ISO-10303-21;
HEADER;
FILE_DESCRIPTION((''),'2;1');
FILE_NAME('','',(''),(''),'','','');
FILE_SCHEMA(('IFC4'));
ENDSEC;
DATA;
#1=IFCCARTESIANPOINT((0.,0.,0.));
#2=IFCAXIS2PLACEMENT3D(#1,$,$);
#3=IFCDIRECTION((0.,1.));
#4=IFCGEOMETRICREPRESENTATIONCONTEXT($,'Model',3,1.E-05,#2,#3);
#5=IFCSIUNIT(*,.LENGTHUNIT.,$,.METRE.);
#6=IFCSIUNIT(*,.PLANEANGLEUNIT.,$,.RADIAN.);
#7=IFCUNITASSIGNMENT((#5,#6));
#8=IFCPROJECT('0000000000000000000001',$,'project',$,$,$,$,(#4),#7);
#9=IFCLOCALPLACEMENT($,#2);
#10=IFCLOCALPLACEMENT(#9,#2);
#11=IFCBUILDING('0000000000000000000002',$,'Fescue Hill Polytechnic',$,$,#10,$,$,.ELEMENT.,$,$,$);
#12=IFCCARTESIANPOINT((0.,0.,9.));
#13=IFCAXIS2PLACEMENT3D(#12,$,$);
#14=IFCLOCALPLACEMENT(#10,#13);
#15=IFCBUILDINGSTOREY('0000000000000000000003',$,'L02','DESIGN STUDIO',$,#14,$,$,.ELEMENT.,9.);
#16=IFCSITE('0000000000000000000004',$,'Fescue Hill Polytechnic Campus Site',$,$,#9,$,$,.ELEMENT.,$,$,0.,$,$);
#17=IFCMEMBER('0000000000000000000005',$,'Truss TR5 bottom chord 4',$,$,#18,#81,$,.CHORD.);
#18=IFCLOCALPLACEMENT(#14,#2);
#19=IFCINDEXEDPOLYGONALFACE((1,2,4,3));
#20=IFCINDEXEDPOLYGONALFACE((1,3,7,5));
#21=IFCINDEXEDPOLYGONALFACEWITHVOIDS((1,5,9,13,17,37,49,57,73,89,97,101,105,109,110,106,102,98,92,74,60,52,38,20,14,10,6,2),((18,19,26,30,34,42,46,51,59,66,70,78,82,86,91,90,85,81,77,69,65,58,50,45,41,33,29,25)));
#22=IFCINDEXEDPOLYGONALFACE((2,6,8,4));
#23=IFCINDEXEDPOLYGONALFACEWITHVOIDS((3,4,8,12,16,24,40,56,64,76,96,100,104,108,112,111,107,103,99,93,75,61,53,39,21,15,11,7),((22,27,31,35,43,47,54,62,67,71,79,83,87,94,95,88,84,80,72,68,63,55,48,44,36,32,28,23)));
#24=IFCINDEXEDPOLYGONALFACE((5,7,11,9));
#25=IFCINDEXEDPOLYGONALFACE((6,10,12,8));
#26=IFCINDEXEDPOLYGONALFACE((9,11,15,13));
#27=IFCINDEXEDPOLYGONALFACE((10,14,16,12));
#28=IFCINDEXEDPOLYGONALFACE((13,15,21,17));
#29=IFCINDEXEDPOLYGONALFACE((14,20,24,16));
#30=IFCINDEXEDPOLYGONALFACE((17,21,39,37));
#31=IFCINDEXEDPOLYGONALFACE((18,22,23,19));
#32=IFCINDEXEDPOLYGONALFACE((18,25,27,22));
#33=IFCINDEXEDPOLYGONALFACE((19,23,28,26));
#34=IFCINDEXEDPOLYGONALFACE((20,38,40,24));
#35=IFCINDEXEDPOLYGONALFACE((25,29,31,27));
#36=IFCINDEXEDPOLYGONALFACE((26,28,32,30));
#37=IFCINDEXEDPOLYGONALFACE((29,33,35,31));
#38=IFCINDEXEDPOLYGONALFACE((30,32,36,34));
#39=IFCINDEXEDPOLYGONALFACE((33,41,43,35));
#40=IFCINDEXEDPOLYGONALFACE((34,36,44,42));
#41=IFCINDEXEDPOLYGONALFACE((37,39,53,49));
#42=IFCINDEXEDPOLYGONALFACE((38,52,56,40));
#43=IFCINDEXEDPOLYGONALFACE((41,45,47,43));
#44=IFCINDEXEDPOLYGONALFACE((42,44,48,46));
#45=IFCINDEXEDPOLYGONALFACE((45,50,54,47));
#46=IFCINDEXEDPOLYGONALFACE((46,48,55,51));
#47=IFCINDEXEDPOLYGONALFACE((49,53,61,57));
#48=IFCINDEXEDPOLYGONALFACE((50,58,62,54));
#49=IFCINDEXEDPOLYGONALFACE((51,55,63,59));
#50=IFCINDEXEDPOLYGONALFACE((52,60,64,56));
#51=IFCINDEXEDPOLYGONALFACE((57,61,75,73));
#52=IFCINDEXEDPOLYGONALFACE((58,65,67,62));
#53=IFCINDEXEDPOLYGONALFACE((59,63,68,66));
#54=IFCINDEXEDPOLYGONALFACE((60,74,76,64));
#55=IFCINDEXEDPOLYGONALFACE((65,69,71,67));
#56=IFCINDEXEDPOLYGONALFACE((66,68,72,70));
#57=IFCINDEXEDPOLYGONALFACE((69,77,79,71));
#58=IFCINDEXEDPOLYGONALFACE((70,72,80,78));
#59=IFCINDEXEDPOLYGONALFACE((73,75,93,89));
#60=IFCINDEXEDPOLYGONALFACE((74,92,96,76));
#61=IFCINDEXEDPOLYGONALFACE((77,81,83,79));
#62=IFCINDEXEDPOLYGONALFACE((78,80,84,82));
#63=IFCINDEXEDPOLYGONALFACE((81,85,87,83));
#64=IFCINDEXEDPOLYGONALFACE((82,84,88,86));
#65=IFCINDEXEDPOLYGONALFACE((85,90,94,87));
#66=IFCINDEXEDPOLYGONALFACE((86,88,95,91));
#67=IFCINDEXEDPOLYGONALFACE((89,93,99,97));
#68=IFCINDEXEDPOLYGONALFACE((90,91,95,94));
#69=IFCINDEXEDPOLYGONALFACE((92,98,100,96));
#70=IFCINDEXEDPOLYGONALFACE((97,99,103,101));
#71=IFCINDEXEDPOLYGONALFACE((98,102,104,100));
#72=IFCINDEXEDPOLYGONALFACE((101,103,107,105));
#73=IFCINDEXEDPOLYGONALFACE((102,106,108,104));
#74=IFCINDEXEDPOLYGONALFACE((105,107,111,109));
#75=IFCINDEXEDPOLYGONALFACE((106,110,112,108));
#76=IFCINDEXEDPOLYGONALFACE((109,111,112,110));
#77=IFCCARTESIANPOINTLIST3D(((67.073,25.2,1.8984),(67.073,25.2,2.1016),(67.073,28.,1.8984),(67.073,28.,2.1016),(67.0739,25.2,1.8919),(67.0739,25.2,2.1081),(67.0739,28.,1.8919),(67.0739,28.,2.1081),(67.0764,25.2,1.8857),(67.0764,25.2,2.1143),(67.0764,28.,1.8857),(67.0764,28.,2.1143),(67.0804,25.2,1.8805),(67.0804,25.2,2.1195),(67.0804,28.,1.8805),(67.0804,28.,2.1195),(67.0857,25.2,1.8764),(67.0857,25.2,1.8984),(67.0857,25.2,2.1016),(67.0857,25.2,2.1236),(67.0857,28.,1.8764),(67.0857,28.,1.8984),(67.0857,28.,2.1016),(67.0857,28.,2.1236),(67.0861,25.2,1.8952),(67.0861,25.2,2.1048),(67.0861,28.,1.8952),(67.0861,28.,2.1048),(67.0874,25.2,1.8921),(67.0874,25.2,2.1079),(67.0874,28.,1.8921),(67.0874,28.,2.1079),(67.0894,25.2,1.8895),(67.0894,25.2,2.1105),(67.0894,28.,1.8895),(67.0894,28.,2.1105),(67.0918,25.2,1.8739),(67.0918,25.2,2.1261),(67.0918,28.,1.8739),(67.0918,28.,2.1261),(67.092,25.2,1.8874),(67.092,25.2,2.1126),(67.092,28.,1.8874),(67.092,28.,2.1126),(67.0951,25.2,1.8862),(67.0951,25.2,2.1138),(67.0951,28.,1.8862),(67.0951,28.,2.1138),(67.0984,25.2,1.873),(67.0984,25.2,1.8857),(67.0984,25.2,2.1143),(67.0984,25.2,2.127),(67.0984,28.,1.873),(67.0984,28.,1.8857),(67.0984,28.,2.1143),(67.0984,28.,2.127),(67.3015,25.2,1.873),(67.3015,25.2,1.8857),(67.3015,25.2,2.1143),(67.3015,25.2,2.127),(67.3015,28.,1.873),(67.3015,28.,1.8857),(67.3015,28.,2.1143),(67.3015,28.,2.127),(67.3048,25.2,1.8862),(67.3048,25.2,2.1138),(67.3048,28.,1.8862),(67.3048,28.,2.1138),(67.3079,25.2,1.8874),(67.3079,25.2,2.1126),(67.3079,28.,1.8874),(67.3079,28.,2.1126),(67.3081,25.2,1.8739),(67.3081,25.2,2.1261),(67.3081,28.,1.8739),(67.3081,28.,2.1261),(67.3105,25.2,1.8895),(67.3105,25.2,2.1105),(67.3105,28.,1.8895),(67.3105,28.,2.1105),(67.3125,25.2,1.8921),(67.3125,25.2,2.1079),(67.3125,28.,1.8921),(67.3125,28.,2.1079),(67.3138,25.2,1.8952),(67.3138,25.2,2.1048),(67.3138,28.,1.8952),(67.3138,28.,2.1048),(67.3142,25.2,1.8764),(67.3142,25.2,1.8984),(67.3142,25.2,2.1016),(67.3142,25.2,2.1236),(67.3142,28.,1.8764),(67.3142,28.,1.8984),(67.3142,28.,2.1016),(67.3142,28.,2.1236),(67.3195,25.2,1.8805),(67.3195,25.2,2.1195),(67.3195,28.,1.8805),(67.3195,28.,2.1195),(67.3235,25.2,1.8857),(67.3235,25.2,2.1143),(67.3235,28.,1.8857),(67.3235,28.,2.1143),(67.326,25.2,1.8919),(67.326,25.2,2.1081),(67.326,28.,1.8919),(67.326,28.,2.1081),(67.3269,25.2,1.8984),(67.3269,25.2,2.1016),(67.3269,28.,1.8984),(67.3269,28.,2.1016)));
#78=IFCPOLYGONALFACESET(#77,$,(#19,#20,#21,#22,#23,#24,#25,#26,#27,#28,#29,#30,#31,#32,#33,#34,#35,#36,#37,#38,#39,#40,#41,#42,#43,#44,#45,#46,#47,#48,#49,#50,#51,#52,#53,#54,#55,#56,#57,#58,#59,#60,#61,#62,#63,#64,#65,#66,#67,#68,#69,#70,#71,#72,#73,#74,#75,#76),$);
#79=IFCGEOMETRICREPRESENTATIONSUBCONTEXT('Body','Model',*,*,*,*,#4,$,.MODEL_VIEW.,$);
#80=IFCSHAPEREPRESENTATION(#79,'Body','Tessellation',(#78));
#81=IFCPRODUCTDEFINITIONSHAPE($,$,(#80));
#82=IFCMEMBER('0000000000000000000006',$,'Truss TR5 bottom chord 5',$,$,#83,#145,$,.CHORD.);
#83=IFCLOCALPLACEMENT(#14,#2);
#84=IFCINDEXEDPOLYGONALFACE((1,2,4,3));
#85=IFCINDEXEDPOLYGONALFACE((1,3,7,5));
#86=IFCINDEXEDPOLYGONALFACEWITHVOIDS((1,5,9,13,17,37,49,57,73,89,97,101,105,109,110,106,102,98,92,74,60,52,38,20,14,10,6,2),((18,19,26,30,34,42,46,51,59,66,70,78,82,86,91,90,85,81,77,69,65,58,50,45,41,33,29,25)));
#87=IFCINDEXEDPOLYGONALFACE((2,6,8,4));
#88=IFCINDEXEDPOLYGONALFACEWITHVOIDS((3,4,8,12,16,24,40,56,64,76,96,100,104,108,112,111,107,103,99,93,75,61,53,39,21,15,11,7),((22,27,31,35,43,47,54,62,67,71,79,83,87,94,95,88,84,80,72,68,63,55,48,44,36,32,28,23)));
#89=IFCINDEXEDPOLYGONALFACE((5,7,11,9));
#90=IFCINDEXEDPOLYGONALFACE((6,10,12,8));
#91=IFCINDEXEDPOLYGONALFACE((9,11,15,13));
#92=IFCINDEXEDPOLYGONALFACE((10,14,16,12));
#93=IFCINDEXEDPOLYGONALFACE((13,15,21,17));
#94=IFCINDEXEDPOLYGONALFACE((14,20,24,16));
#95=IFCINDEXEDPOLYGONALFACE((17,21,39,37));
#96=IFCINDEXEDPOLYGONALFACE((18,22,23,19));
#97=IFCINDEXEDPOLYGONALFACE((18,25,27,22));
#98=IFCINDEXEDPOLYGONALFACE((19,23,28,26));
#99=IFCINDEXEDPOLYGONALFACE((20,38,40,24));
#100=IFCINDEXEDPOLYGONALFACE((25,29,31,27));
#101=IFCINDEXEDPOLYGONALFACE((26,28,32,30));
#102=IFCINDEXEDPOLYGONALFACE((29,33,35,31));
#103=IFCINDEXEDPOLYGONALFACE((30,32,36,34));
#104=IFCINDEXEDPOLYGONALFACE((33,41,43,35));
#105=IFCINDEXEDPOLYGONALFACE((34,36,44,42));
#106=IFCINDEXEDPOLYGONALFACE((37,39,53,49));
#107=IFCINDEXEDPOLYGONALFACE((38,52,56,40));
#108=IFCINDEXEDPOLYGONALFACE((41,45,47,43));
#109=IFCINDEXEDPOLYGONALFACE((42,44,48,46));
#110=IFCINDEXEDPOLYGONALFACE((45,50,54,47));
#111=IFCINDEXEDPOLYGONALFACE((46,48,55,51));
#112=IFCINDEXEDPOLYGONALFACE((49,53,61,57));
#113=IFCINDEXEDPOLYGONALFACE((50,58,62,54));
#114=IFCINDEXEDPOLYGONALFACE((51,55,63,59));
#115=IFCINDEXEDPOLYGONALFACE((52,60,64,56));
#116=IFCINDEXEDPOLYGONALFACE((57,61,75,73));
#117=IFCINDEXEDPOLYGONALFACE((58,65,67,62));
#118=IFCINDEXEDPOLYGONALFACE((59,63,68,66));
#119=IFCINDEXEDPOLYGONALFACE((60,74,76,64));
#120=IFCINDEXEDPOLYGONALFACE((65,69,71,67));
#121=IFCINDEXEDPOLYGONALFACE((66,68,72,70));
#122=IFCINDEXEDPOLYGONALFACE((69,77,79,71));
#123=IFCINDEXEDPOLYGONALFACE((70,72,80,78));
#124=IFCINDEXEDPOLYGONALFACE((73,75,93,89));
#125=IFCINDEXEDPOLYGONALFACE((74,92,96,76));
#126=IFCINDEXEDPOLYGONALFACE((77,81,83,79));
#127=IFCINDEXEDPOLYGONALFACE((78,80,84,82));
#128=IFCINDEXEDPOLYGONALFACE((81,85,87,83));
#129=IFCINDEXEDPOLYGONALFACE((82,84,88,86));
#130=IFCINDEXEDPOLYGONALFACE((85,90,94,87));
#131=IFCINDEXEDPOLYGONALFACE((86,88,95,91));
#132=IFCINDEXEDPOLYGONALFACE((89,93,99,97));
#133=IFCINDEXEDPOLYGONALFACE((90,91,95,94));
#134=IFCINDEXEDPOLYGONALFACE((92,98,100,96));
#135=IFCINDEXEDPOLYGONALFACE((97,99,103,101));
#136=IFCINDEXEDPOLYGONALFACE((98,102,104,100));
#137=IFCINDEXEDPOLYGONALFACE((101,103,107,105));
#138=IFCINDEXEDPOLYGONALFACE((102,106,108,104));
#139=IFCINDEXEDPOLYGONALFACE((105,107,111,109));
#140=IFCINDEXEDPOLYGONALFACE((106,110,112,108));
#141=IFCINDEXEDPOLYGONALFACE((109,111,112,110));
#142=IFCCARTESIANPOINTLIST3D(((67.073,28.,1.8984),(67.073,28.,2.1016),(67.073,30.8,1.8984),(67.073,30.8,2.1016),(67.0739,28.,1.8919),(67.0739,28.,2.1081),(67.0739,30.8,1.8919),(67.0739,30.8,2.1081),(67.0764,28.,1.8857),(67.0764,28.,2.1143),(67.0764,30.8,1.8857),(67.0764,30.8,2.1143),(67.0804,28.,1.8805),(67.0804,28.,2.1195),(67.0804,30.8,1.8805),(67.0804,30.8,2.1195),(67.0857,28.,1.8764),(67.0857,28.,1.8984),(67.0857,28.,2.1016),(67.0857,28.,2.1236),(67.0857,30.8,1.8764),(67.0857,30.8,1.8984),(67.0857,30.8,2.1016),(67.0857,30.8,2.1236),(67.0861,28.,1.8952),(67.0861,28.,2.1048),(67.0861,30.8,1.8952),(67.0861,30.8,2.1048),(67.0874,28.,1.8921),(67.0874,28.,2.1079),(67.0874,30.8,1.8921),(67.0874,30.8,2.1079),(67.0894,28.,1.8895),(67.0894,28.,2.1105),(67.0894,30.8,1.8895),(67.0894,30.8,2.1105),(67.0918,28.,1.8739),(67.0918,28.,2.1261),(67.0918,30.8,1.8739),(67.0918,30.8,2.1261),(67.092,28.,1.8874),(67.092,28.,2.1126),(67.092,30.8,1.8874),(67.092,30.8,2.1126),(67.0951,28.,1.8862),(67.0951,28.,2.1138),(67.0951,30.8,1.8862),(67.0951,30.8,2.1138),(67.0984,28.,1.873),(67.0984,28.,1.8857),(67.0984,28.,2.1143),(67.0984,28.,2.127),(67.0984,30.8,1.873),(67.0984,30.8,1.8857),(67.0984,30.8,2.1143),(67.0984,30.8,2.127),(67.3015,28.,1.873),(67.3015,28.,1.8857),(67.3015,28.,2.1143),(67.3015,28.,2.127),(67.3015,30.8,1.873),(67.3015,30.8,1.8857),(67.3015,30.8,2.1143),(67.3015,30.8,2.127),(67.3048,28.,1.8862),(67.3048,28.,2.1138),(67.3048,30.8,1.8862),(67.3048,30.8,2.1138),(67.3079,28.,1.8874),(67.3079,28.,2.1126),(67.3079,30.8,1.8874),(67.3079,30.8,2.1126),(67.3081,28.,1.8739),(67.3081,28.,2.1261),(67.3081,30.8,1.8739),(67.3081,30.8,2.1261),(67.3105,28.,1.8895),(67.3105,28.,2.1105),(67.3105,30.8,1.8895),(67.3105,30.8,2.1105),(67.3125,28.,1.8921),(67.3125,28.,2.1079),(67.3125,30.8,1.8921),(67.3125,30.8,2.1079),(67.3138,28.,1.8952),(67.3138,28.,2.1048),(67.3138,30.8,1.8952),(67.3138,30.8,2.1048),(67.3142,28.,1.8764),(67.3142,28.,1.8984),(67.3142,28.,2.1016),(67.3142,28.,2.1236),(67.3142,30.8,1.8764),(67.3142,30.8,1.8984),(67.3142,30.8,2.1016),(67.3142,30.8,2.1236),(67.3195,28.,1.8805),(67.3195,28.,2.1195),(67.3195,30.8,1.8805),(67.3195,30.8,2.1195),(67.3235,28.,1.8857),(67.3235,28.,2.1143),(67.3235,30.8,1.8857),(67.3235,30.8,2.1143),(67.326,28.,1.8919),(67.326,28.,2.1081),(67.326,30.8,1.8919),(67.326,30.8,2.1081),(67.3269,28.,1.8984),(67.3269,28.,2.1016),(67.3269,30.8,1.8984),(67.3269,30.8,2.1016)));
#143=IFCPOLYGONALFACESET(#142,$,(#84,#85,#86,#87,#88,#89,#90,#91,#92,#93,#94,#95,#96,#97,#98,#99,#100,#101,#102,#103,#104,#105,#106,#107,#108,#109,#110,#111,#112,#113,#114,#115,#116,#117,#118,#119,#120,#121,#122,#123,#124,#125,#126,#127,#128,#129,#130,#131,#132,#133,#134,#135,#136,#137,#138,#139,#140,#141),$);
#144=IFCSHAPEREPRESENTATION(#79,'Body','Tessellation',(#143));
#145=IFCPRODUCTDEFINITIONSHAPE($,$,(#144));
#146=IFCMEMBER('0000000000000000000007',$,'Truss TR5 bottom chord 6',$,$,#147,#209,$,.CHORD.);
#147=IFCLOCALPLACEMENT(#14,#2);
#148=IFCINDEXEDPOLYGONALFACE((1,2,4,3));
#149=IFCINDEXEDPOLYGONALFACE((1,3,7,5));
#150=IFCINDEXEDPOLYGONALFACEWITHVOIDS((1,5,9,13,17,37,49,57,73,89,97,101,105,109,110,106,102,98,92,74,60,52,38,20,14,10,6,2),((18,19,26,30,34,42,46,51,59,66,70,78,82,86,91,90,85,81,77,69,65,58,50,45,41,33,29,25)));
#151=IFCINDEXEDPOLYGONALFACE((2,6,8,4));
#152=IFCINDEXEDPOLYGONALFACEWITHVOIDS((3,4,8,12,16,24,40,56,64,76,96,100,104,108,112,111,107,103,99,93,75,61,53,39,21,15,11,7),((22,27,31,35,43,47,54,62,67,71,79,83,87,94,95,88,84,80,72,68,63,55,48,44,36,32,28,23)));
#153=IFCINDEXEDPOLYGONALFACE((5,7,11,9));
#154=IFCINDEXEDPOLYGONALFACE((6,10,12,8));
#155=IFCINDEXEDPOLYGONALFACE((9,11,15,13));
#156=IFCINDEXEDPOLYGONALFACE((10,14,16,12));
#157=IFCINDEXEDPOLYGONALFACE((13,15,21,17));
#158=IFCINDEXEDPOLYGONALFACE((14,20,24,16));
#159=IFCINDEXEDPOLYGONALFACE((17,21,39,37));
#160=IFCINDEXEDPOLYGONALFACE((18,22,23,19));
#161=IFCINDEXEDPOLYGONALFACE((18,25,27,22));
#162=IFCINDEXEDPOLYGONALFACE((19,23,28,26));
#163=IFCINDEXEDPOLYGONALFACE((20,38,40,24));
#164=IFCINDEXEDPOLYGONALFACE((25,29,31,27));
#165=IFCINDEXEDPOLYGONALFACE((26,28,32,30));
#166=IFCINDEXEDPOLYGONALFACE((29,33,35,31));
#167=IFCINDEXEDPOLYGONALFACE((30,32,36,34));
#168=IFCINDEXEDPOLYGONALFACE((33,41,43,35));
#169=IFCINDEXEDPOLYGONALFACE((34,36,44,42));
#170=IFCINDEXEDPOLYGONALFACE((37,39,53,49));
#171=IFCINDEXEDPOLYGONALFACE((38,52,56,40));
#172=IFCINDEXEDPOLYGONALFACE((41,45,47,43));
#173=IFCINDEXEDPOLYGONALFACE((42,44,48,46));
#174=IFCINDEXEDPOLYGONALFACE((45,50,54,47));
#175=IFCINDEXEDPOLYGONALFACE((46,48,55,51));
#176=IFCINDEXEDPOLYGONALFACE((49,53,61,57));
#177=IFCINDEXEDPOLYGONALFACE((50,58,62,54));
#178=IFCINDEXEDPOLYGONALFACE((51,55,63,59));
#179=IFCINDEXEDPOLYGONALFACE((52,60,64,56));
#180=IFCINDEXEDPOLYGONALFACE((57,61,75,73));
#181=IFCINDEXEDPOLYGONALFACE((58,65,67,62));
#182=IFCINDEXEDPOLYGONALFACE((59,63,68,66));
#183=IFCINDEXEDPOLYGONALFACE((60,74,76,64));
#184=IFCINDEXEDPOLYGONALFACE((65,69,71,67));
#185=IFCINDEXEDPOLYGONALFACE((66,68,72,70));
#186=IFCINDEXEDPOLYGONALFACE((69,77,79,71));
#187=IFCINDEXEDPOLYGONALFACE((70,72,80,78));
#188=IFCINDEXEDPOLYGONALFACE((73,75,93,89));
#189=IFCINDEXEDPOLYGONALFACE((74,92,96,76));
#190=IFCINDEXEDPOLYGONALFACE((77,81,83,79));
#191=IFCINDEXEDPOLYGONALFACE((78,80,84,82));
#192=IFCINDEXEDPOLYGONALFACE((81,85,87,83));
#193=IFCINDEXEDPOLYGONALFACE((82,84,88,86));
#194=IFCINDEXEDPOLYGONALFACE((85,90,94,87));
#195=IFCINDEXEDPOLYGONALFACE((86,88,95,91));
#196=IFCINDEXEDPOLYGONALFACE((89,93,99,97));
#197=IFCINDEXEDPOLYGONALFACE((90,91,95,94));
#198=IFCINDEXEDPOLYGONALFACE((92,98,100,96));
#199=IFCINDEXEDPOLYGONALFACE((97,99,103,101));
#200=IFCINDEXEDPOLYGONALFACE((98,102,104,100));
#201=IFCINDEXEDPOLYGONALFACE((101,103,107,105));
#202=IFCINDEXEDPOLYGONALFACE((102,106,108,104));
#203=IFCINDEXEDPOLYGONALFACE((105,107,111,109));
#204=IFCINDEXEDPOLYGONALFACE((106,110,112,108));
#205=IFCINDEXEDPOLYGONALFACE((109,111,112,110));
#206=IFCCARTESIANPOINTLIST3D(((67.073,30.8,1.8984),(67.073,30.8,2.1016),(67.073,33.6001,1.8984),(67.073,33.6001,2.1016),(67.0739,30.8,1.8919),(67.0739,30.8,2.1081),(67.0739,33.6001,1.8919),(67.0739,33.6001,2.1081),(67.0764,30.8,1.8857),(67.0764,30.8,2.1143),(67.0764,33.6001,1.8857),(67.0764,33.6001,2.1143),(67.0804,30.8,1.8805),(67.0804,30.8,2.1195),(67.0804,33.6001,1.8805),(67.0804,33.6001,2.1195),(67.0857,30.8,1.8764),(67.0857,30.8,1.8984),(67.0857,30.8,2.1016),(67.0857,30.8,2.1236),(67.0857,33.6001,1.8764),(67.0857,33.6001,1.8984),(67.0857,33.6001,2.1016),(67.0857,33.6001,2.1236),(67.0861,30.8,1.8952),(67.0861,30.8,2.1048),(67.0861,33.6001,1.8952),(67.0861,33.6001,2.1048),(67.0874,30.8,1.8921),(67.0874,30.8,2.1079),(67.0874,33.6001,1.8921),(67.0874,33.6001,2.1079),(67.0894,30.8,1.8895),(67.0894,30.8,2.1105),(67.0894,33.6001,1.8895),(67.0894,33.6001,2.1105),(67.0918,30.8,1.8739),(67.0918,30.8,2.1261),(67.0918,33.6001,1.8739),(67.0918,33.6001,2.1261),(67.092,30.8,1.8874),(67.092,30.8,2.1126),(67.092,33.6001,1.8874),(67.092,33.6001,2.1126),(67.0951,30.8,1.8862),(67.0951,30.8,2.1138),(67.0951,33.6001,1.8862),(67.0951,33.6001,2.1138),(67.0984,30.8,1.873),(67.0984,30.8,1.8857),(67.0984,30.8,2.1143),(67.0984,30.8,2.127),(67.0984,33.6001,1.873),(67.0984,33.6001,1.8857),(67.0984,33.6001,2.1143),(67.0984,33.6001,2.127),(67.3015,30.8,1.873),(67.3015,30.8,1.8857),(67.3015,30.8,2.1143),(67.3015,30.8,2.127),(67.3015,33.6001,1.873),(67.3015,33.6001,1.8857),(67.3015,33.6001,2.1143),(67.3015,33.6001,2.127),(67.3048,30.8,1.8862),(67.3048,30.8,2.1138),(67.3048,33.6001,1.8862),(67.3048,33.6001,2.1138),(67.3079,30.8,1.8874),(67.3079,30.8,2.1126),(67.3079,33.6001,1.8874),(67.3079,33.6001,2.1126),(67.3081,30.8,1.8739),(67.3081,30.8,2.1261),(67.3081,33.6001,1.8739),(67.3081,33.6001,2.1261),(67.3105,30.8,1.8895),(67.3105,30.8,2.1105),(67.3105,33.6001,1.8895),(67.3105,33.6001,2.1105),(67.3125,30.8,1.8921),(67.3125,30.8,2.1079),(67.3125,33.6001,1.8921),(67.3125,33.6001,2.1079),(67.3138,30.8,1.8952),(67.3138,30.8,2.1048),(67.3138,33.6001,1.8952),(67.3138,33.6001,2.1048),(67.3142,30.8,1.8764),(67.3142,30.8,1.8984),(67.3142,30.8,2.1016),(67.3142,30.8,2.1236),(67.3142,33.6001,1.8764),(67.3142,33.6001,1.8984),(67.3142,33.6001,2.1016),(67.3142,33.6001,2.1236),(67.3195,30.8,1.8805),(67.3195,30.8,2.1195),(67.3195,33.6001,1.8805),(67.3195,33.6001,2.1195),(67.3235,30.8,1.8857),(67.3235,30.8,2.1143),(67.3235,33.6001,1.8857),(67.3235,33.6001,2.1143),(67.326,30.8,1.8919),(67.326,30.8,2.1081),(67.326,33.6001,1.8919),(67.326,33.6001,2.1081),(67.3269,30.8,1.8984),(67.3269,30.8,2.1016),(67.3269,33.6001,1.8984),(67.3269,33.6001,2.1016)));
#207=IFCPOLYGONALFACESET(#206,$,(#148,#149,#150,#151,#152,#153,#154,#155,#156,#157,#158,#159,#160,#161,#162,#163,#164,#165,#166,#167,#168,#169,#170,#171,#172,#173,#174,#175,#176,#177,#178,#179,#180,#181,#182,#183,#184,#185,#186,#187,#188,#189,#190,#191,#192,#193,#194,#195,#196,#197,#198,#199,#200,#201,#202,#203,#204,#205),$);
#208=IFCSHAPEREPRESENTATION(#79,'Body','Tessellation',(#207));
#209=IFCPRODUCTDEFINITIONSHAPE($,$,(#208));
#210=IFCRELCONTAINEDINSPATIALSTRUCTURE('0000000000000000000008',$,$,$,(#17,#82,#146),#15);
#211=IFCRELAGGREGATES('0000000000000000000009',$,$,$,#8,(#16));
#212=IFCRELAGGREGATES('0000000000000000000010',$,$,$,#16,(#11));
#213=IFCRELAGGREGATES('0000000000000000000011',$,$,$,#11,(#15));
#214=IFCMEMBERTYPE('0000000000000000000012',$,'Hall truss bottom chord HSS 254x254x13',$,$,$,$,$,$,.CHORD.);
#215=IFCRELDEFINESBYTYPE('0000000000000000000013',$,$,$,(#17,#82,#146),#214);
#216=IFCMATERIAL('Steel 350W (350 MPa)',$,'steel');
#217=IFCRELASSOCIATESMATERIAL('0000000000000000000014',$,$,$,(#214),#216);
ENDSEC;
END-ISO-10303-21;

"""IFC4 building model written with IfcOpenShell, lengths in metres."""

from ifc_helpers import new_model, si_unit, direction, frame, origin, origin_2d, place, context, subcontext, project, spatial, hollow_rectangle, extrude, material, material_profile, profile_set, type_object, element, save


model = new_model("IFC4")

# Units and contexts
model_context = context("Model", 3, precision=1e-05, world=origin(), true_north=direction((0.0, 1.0)))
body_context = subcontext(model_context, "Body", "Model", "MODEL_VIEW")
ifc_project = project(units=[si_unit("LENGTHUNIT", "METRE"), si_unit("PLANEANGLEUNIT", "RADIAN")], contexts=[model_context])

# Site, building, storey
site_placement = place(None, origin())
site = spatial("IfcSite", under=ifc_project, at=site_placement, Name="Fescue Hill Polytechnic Campus Site", CompositionType="ELEMENT", RefElevation=0.0)
building_placement = place(site_placement, origin())
building = spatial("IfcBuilding", under=site, at=building_placement, Name="Fescue Hill Polytechnic", CompositionType="ELEMENT")
storey_placement = place(building_placement, frame((0.0, 0.0, 9.0)))
storey = spatial("IfcBuildingStorey", under=building, at=storey_placement, Name="L02", Description="DESIGN STUDIO", CompositionType="ELEMENT", Elevation=9.0)

# Members
ifc_material = material(Name="Steel 350W (350 MPa)", Category="steel")
ifc_material_profile_1 = material_profile(ifc_material, hollow_rectangle(XDim=0.2539, YDim=0.2539, WallThickness=0.0127, InnerFilletRadius=0.0127, OuterFilletRadius=0.0254, at=origin_2d()), Name="Hall truss bottom chord HSS 254x254x13")
ifc_profile_set_1 = profile_set([ifc_material_profile_1], Name="Steel 350W (350 MPa)")
member_type_1 = type_object("IfcMemberType", Name="Hall truss bottom chord HSS 254x254x13", PredefinedType="CHORD", material=ifc_profile_set_1)
for number, where, z_axis, x_axis, name in (
    (1, (67.2, 25.2, 2.0), (0.0, 1.0, 0.0), (-1.0, 0.0, 0.0), "Truss TR5 bottom chord 4"),
    (2, (67.2, 28.0, 2.0), (0.0, 1.0, 0.0), (-1.0, 0.0, 0.0), "Truss TR5 bottom chord 5"),
    (3, (67.2, 30.8, 2.0), (0.0, 1.0, 0.0), (-1.0, 0.0, 0.0), "Truss TR5 bottom chord 6"),
):
    element("IfcMember", number, at=place(storey_placement, frame(where, z_axis=z_axis, x_axis=x_axis)), inside=storey, type_object=member_type_1, Name=name, PredefinedType="CHORD", context=body_context, shape_type="SweptSolid", body=[
        extrude(hollow_rectangle(XDim=0.2539, YDim=0.2539, WallThickness=0.0127, InnerFilletRadius=0.0127, OuterFilletRadius=0.0254, at=origin_2d()), origin(), (0.0, 0.0, 1.0), 2.8),
    ])

save(model, "model.ifc")
